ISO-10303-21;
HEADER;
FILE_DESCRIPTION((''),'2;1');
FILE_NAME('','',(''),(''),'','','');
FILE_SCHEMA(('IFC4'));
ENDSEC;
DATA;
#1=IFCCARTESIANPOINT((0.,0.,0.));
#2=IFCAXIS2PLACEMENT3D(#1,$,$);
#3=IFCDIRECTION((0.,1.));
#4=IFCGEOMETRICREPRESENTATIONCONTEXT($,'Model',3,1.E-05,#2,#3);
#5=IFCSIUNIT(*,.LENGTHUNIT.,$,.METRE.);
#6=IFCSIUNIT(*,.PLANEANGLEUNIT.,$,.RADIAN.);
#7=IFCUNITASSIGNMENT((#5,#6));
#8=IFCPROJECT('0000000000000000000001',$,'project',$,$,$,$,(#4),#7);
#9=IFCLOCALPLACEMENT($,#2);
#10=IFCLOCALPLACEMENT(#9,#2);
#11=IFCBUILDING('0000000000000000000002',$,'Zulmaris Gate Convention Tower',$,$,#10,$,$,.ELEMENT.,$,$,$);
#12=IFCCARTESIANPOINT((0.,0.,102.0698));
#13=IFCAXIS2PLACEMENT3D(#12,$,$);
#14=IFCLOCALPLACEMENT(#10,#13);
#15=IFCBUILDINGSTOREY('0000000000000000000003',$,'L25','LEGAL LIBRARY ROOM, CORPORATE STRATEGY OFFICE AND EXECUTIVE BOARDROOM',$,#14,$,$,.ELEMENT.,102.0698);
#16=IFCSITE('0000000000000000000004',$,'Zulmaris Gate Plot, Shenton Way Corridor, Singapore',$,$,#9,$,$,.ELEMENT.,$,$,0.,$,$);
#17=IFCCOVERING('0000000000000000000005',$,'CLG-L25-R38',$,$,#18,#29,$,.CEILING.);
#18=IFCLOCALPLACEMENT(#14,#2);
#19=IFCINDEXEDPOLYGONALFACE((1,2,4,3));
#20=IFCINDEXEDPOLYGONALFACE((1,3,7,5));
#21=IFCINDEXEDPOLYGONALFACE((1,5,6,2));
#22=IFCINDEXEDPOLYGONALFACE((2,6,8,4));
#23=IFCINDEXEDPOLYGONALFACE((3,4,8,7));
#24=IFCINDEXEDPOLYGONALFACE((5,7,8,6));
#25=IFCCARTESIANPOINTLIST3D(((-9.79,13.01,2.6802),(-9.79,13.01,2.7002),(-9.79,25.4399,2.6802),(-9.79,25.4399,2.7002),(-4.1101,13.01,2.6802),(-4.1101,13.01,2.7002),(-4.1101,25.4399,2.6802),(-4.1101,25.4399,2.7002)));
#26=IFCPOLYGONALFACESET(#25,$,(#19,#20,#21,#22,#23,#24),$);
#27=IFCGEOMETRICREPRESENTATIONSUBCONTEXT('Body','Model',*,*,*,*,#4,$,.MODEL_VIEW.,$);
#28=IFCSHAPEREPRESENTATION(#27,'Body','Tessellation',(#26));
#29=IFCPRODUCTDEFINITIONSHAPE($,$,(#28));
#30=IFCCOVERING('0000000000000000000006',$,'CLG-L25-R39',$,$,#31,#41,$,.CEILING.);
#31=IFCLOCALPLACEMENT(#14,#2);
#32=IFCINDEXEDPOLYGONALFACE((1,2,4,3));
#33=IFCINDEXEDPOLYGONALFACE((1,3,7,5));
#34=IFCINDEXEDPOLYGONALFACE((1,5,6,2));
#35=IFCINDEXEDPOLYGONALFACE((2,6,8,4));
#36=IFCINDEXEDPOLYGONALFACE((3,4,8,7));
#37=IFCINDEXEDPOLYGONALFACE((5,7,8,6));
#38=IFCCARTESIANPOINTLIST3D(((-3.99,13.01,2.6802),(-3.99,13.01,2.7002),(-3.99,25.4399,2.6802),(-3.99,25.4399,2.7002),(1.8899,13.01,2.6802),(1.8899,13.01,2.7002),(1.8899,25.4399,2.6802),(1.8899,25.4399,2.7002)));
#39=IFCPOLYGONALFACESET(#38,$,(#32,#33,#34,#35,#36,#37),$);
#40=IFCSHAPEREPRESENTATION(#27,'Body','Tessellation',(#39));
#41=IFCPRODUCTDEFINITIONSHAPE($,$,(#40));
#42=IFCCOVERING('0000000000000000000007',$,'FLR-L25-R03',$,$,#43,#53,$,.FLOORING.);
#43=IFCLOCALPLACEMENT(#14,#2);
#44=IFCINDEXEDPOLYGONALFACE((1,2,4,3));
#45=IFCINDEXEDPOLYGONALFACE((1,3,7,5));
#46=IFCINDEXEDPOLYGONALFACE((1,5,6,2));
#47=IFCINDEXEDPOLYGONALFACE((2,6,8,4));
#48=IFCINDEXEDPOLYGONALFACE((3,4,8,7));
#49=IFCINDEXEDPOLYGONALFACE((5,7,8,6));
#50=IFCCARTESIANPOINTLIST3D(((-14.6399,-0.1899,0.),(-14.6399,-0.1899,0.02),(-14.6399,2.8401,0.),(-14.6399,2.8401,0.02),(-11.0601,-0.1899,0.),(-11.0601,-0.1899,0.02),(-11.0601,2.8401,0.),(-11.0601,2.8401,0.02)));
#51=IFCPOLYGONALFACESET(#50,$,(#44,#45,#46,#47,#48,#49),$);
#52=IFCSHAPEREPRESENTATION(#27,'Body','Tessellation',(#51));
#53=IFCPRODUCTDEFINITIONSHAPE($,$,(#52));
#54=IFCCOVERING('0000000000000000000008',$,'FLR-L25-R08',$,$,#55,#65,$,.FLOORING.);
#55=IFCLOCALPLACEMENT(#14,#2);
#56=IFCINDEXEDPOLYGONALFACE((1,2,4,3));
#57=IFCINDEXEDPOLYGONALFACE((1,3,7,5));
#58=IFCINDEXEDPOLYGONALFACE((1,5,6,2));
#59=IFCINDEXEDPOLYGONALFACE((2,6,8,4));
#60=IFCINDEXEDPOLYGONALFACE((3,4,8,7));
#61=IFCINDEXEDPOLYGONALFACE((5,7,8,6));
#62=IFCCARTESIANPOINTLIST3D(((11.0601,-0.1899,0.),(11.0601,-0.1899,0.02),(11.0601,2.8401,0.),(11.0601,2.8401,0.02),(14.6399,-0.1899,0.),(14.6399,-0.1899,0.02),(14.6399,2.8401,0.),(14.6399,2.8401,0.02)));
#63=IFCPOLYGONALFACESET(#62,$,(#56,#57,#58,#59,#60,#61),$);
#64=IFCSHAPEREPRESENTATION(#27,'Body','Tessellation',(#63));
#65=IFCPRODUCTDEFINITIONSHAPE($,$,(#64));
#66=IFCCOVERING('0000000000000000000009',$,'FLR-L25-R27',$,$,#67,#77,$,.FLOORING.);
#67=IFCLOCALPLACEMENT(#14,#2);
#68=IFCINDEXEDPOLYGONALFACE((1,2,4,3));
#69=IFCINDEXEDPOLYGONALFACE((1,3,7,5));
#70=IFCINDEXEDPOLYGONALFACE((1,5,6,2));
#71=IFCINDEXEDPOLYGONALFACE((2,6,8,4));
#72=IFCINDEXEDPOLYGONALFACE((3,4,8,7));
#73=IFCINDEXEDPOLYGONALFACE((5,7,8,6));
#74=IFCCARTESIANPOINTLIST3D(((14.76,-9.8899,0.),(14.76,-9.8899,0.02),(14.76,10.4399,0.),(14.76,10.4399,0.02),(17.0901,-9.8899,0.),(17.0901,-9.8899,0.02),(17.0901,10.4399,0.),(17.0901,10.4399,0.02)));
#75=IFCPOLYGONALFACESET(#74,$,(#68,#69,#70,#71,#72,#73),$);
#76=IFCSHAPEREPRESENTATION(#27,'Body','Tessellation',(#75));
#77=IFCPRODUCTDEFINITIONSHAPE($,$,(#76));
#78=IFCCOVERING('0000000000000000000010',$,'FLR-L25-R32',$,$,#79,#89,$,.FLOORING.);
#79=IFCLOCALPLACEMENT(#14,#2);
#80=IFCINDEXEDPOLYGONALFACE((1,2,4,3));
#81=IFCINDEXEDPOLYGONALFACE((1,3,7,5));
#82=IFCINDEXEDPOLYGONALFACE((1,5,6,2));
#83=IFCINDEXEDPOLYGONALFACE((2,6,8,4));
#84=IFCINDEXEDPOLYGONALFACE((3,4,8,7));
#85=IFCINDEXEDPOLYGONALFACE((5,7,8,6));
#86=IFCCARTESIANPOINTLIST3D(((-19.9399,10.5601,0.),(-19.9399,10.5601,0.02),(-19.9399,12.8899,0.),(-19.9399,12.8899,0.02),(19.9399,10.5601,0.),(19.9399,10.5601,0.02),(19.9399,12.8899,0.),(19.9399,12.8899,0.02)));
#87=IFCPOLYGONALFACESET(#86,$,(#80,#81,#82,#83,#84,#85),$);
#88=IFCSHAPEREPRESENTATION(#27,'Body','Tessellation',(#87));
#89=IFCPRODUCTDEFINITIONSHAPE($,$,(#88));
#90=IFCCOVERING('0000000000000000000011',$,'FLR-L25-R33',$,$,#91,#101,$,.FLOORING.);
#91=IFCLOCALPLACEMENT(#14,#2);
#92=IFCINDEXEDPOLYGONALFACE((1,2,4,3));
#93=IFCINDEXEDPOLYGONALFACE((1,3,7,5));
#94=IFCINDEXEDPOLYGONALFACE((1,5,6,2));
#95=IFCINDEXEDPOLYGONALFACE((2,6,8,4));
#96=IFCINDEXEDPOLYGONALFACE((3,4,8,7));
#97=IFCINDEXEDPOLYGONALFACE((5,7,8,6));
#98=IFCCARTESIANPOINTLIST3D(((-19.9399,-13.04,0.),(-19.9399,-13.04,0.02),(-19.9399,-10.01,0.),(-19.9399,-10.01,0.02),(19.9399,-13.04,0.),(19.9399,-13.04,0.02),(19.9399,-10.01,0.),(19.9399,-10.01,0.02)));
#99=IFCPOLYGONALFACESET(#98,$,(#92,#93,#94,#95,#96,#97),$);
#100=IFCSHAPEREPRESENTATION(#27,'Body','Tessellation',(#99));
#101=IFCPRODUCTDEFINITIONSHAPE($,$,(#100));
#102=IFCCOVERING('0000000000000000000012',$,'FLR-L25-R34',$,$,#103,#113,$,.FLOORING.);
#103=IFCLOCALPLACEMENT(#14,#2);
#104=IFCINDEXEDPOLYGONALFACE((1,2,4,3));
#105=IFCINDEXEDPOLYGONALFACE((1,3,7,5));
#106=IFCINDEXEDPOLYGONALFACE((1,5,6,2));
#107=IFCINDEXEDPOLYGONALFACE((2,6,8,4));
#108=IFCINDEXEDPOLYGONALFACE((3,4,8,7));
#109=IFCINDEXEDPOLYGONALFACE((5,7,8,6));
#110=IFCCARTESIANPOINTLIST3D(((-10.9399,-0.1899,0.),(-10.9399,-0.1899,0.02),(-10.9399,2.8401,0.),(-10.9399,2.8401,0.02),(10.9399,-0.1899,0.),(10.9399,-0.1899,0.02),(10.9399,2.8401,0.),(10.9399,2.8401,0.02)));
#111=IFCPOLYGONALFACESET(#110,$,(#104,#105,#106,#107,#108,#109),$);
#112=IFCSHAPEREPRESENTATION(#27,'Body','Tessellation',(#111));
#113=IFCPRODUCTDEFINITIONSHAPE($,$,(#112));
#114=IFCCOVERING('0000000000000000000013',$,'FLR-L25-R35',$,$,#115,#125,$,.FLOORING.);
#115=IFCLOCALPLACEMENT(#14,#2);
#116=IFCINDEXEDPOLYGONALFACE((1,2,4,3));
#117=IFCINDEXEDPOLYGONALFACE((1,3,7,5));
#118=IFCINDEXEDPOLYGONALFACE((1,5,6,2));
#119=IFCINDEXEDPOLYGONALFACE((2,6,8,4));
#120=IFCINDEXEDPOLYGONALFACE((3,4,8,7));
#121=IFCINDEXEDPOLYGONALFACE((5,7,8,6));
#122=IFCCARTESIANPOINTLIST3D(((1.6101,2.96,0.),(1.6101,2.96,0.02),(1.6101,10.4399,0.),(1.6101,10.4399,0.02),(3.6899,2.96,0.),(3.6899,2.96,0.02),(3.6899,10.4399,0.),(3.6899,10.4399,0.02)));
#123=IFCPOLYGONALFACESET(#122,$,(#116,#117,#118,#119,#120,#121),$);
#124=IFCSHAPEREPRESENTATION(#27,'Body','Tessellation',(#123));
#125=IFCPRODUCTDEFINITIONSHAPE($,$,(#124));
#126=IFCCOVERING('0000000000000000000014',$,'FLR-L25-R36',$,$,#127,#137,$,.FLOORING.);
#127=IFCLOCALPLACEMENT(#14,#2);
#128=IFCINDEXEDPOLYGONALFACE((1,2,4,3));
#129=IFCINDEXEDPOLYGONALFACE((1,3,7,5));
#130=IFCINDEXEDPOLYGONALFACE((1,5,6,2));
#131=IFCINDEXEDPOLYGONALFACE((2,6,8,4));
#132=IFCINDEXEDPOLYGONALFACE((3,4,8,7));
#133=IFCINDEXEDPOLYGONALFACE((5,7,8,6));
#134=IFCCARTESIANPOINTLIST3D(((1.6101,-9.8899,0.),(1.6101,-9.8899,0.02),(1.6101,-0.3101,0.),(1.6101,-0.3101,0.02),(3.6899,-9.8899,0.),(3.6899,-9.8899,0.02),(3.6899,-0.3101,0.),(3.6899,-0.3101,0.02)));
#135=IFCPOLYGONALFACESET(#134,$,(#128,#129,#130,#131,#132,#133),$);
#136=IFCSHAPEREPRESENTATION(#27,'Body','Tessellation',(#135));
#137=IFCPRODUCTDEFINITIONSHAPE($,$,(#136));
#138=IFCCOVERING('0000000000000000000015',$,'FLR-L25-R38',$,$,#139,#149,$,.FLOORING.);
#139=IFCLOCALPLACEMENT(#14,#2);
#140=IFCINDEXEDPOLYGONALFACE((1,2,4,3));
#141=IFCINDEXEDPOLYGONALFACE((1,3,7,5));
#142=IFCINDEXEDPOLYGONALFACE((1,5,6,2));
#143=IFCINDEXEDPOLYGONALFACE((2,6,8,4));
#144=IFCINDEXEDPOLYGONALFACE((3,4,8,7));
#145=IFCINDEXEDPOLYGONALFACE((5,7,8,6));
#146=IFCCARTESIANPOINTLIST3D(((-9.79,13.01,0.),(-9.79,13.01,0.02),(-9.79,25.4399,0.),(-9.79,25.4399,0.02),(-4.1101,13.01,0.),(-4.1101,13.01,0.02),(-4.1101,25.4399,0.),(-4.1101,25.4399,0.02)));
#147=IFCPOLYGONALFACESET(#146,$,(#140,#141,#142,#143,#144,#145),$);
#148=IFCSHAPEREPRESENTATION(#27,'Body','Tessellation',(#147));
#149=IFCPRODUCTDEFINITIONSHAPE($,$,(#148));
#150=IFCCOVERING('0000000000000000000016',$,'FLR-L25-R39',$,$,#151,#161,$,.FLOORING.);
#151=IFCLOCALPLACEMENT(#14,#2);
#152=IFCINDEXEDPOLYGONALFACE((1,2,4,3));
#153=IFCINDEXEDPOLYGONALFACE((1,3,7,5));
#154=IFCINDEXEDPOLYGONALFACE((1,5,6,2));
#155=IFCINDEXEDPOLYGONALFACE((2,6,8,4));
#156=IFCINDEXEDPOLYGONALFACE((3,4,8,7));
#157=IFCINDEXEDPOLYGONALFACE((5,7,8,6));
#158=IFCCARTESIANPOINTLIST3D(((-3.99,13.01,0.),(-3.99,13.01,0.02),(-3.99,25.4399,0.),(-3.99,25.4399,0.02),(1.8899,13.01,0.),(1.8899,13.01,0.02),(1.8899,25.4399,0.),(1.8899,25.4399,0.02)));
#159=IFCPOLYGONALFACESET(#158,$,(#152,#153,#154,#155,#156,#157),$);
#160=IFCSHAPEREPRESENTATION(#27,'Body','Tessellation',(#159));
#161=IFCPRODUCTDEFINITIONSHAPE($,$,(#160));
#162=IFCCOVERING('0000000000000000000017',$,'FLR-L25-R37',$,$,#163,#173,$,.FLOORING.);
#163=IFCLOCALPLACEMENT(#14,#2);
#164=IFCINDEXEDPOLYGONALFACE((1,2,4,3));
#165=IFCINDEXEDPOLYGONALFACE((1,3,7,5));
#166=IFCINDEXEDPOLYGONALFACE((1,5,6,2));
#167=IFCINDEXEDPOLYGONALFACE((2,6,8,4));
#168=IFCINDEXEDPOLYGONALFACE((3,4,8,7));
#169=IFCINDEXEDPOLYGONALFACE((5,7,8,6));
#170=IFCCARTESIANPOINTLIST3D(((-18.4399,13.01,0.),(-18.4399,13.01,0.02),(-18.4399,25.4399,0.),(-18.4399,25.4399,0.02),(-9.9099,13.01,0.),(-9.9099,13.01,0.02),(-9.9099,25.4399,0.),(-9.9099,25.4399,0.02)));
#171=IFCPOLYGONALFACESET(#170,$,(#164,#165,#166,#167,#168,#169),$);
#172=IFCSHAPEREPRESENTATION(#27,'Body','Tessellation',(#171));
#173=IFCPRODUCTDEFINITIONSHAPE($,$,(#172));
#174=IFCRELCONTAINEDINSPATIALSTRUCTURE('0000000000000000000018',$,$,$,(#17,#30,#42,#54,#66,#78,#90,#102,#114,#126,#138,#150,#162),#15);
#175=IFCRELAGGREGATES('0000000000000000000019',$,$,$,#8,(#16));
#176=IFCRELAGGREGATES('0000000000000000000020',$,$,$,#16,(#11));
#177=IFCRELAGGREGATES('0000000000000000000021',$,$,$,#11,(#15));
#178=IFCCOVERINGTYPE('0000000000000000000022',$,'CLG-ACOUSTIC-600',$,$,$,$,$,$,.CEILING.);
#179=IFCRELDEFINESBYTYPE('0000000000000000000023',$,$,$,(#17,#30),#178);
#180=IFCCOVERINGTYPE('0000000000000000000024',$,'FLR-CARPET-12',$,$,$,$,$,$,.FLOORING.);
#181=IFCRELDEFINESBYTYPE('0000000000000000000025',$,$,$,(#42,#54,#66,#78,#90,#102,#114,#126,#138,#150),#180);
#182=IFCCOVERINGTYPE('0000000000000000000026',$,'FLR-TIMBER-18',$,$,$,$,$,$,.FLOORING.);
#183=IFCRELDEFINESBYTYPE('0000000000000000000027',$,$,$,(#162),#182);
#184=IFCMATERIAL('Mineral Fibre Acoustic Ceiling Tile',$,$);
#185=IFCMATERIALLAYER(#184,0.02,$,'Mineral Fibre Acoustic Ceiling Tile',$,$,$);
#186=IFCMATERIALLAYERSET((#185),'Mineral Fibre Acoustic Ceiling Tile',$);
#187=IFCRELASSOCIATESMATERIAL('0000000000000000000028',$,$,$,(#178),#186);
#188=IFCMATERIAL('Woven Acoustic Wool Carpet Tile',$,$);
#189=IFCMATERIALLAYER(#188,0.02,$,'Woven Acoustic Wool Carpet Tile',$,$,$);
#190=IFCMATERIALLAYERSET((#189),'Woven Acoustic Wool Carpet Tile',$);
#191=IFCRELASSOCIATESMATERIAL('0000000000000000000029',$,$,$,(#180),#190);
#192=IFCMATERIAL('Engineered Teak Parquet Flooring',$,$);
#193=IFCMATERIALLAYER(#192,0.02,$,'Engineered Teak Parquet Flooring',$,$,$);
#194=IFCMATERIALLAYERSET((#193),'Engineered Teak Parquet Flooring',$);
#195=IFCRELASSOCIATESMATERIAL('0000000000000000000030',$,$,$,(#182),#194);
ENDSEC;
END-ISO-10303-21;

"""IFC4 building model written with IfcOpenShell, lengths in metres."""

from ifc_helpers import new_model, si_unit, direction, frame, origin, place, context, subcontext, project, spatial, polyline, outline, extrude, material, layer, layer_set, type_object, element, save


model = new_model("IFC4")

# Units and contexts
model_context = context("Model", 3, precision=1e-05, world=origin(), true_north=direction((0.0, 1.0)))
body_context = subcontext(model_context, "Body", "Model", "MODEL_VIEW")
ifc_project = project(units=[si_unit("LENGTHUNIT", "METRE"), si_unit("PLANEANGLEUNIT", "RADIAN")], contexts=[model_context])

# Site, building, storey
site_placement = place(None, origin())
site = spatial("IfcSite", under=ifc_project, at=site_placement, Name="Zulmaris Gate Plot, Shenton Way Corridor, Singapore", CompositionType="ELEMENT", RefElevation=0.0)
building_placement = place(site_placement, origin())
building = spatial("IfcBuilding", under=site, at=building_placement, Name="Zulmaris Gate Convention Tower", CompositionType="ELEMENT")
storey_placement = place(building_placement, frame((0.0, 0.0, 102.0698)))
storey = spatial("IfcBuildingStorey", under=building, at=storey_placement, Name="L25", Description="LEGAL LIBRARY ROOM, CORPORATE STRATEGY OFFICE AND EXECUTIVE BOARDROOM", CompositionType="ELEMENT", Elevation=102.0698)

# Coverings
ifc_material_1 = material(Name="Mineral Fibre Acoustic Ceiling Tile")
ifc_layer_1 = layer(ifc_material_1, 0.02, Name="Mineral Fibre Acoustic Ceiling Tile")
ifc_layer_set_1 = layer_set([ifc_layer_1], Name="Mineral Fibre Acoustic Ceiling Tile")
covering_type_1 = type_object("IfcCoveringType", Name="CLG-ACOUSTIC-600", PredefinedType="CEILING", material=ifc_layer_set_1)
covering_1_placement = place(storey_placement, frame((0.0, 0.0, 2.6802)))
element("IfcCovering", 1, at=covering_1_placement, inside=storey, type_object=covering_type_1, Name="CLG-L25-R38", PredefinedType="CEILING", context=body_context, shape_type="SweptSolid", body=[
    extrude(outline(polyline([(-9.79, 13.01), (-4.1101, 13.01), (-4.1101, 25.4399), (-9.79, 25.4399), (-9.79, 13.01)])), origin(), (0.0, 0.0, 1.0), 0.02),
])
covering_2_placement = place(storey_placement, frame((0.0, 0.0, 2.6802)))
element("IfcCovering", 2, at=covering_2_placement, inside=storey, type_object=covering_type_1, Name="CLG-L25-R39", PredefinedType="CEILING", context=body_context, shape_type="SweptSolid", body=[
    extrude(outline(polyline([(-3.99, 13.01), (1.8899, 13.01), (1.8899, 25.4399), (-3.99, 25.4399), (-3.99, 13.01)])), origin(), (0.0, 0.0, 1.0), 0.02),
])
ifc_material_2 = material(Name="Woven Acoustic Wool Carpet Tile")
ifc_layer_2 = layer(ifc_material_2, 0.02, Name="Woven Acoustic Wool Carpet Tile")
ifc_layer_set_2 = layer_set([ifc_layer_2], Name="Woven Acoustic Wool Carpet Tile")
covering_type_2 = type_object("IfcCoveringType", Name="FLR-CARPET-12", PredefinedType="FLOORING", material=ifc_layer_set_2)
covering_3_placement = place(storey_placement, origin())
element("IfcCovering", 3, at=covering_3_placement, inside=storey, type_object=covering_type_2, Name="FLR-L25-R03", PredefinedType="FLOORING", context=body_context, shape_type="SweptSolid", body=[
    extrude(outline(polyline([(-14.6399, -0.1899), (-11.0601, -0.1899), (-11.0601, 2.8401), (-14.6399, 2.8401), (-14.6399, -0.1899)])), origin(), (0.0, 0.0, 1.0), 0.02),
])
covering_4_placement = place(storey_placement, origin())
element("IfcCovering", 4, at=covering_4_placement, inside=storey, type_object=covering_type_2, Name="FLR-L25-R08", PredefinedType="FLOORING", context=body_context, shape_type="SweptSolid", body=[
    extrude(outline(polyline([(11.0601, -0.1899), (14.6399, -0.1899), (14.6399, 2.8401), (11.0601, 2.8401), (11.0601, -0.1899)])), origin(), (0.0, 0.0, 1.0), 0.02),
])
covering_5_placement = place(storey_placement, origin())
element("IfcCovering", 5, at=covering_5_placement, inside=storey, type_object=covering_type_2, Name="FLR-L25-R27", PredefinedType="FLOORING", context=body_context, shape_type="SweptSolid", body=[
    extrude(outline(polyline([(14.76, -9.8899), (17.0901, -9.8899), (17.0901, 10.4399), (14.76, 10.4399), (14.76, -9.8899)])), origin(), (0.0, 0.0, 1.0), 0.02),
])
covering_6_placement = place(storey_placement, origin())
element("IfcCovering", 6, at=covering_6_placement, inside=storey, type_object=covering_type_2, Name="FLR-L25-R32", PredefinedType="FLOORING", context=body_context, shape_type="SweptSolid", body=[
    extrude(outline(polyline([(-19.9399, 10.5601), (19.9399, 10.5601), (19.9399, 12.8899), (-19.9399, 12.8899), (-19.9399, 10.5601)])), origin(), (0.0, 0.0, 1.0), 0.02),
])
covering_7_placement = place(storey_placement, origin())
element("IfcCovering", 7, at=covering_7_placement, inside=storey, type_object=covering_type_2, Name="FLR-L25-R33", PredefinedType="FLOORING", context=body_context, shape_type="SweptSolid", body=[
    extrude(outline(polyline([(-19.9399, -13.04), (19.9399, -13.04), (19.9399, -10.01), (-19.9399, -10.01), (-19.9399, -13.04)])), origin(), (0.0, 0.0, 1.0), 0.02),
])
covering_8_placement = place(storey_placement, origin())
element("IfcCovering", 8, at=covering_8_placement, inside=storey, type_object=covering_type_2, Name="FLR-L25-R34", PredefinedType="FLOORING", context=body_context, shape_type="SweptSolid", body=[
    extrude(outline(polyline([(-10.9399, -0.1899), (10.9399, -0.1899), (10.9399, 2.8401), (-10.9399, 2.8401), (-10.9399, -0.1899)])), origin(), (0.0, 0.0, 1.0), 0.02),
])
covering_9_placement = place(storey_placement, origin())
element("IfcCovering", 9, at=covering_9_placement, inside=storey, type_object=covering_type_2, Name="FLR-L25-R35", PredefinedType="FLOORING", context=body_context, shape_type="SweptSolid", body=[
    extrude(outline(polyline([(1.6101, 2.96), (3.6899, 2.96), (3.6899, 10.4399), (1.6101, 10.4399), (1.6101, 2.96)])), origin(), (0.0, 0.0, 1.0), 0.02),
])
covering_10_placement = place(storey_placement, origin())
element("IfcCovering", 10, at=covering_10_placement, inside=storey, type_object=covering_type_2, Name="FLR-L25-R36", PredefinedType="FLOORING", context=body_context, shape_type="SweptSolid", body=[
    extrude(outline(polyline([(1.6101, -9.8899), (3.6899, -9.8899), (3.6899, -0.3101), (1.6101, -0.3101), (1.6101, -9.8899)])), origin(), (0.0, 0.0, 1.0), 0.02),
])
covering_11_placement = place(storey_placement, origin())
element("IfcCovering", 11, at=covering_11_placement, inside=storey, type_object=covering_type_2, Name="FLR-L25-R38", PredefinedType="FLOORING", context=body_context, shape_type="SweptSolid", body=[
    extrude(outline(polyline([(-9.79, 13.01), (-4.1101, 13.01), (-4.1101, 25.4399), (-9.79, 25.4399), (-9.79, 13.01)])), origin(), (0.0, 0.0, 1.0), 0.02),
])
covering_12_placement = place(storey_placement, origin())
element("IfcCovering", 12, at=covering_12_placement, inside=storey, type_object=covering_type_2, Name="FLR-L25-R39", PredefinedType="FLOORING", context=body_context, shape_type="SweptSolid", body=[
    extrude(outline(polyline([(-3.99, 13.01), (1.8899, 13.01), (1.8899, 25.4399), (-3.99, 25.4399), (-3.99, 13.01)])), origin(), (0.0, 0.0, 1.0), 0.02),
])
ifc_material_3 = material(Name="Engineered Teak Parquet Flooring")
ifc_layer_3 = layer(ifc_material_3, 0.02, Name="Engineered Teak Parquet Flooring")
ifc_layer_set_3 = layer_set([ifc_layer_3], Name="Engineered Teak Parquet Flooring")
covering_type_3 = type_object("IfcCoveringType", Name="FLR-TIMBER-18", PredefinedType="FLOORING", material=ifc_layer_set_3)
covering_13_placement = place(storey_placement, origin())
element("IfcCovering", 13, at=covering_13_placement, inside=storey, type_object=covering_type_3, Name="FLR-L25-R37", PredefinedType="FLOORING", context=body_context, shape_type="SweptSolid", body=[
    extrude(outline(polyline([(-18.4399, 13.01), (-9.9099, 13.01), (-9.9099, 25.4399), (-18.4399, 25.4399), (-18.4399, 13.01)])), origin(), (0.0, 0.0, 1.0), 0.02),
])

save(model, "model.ifc")
